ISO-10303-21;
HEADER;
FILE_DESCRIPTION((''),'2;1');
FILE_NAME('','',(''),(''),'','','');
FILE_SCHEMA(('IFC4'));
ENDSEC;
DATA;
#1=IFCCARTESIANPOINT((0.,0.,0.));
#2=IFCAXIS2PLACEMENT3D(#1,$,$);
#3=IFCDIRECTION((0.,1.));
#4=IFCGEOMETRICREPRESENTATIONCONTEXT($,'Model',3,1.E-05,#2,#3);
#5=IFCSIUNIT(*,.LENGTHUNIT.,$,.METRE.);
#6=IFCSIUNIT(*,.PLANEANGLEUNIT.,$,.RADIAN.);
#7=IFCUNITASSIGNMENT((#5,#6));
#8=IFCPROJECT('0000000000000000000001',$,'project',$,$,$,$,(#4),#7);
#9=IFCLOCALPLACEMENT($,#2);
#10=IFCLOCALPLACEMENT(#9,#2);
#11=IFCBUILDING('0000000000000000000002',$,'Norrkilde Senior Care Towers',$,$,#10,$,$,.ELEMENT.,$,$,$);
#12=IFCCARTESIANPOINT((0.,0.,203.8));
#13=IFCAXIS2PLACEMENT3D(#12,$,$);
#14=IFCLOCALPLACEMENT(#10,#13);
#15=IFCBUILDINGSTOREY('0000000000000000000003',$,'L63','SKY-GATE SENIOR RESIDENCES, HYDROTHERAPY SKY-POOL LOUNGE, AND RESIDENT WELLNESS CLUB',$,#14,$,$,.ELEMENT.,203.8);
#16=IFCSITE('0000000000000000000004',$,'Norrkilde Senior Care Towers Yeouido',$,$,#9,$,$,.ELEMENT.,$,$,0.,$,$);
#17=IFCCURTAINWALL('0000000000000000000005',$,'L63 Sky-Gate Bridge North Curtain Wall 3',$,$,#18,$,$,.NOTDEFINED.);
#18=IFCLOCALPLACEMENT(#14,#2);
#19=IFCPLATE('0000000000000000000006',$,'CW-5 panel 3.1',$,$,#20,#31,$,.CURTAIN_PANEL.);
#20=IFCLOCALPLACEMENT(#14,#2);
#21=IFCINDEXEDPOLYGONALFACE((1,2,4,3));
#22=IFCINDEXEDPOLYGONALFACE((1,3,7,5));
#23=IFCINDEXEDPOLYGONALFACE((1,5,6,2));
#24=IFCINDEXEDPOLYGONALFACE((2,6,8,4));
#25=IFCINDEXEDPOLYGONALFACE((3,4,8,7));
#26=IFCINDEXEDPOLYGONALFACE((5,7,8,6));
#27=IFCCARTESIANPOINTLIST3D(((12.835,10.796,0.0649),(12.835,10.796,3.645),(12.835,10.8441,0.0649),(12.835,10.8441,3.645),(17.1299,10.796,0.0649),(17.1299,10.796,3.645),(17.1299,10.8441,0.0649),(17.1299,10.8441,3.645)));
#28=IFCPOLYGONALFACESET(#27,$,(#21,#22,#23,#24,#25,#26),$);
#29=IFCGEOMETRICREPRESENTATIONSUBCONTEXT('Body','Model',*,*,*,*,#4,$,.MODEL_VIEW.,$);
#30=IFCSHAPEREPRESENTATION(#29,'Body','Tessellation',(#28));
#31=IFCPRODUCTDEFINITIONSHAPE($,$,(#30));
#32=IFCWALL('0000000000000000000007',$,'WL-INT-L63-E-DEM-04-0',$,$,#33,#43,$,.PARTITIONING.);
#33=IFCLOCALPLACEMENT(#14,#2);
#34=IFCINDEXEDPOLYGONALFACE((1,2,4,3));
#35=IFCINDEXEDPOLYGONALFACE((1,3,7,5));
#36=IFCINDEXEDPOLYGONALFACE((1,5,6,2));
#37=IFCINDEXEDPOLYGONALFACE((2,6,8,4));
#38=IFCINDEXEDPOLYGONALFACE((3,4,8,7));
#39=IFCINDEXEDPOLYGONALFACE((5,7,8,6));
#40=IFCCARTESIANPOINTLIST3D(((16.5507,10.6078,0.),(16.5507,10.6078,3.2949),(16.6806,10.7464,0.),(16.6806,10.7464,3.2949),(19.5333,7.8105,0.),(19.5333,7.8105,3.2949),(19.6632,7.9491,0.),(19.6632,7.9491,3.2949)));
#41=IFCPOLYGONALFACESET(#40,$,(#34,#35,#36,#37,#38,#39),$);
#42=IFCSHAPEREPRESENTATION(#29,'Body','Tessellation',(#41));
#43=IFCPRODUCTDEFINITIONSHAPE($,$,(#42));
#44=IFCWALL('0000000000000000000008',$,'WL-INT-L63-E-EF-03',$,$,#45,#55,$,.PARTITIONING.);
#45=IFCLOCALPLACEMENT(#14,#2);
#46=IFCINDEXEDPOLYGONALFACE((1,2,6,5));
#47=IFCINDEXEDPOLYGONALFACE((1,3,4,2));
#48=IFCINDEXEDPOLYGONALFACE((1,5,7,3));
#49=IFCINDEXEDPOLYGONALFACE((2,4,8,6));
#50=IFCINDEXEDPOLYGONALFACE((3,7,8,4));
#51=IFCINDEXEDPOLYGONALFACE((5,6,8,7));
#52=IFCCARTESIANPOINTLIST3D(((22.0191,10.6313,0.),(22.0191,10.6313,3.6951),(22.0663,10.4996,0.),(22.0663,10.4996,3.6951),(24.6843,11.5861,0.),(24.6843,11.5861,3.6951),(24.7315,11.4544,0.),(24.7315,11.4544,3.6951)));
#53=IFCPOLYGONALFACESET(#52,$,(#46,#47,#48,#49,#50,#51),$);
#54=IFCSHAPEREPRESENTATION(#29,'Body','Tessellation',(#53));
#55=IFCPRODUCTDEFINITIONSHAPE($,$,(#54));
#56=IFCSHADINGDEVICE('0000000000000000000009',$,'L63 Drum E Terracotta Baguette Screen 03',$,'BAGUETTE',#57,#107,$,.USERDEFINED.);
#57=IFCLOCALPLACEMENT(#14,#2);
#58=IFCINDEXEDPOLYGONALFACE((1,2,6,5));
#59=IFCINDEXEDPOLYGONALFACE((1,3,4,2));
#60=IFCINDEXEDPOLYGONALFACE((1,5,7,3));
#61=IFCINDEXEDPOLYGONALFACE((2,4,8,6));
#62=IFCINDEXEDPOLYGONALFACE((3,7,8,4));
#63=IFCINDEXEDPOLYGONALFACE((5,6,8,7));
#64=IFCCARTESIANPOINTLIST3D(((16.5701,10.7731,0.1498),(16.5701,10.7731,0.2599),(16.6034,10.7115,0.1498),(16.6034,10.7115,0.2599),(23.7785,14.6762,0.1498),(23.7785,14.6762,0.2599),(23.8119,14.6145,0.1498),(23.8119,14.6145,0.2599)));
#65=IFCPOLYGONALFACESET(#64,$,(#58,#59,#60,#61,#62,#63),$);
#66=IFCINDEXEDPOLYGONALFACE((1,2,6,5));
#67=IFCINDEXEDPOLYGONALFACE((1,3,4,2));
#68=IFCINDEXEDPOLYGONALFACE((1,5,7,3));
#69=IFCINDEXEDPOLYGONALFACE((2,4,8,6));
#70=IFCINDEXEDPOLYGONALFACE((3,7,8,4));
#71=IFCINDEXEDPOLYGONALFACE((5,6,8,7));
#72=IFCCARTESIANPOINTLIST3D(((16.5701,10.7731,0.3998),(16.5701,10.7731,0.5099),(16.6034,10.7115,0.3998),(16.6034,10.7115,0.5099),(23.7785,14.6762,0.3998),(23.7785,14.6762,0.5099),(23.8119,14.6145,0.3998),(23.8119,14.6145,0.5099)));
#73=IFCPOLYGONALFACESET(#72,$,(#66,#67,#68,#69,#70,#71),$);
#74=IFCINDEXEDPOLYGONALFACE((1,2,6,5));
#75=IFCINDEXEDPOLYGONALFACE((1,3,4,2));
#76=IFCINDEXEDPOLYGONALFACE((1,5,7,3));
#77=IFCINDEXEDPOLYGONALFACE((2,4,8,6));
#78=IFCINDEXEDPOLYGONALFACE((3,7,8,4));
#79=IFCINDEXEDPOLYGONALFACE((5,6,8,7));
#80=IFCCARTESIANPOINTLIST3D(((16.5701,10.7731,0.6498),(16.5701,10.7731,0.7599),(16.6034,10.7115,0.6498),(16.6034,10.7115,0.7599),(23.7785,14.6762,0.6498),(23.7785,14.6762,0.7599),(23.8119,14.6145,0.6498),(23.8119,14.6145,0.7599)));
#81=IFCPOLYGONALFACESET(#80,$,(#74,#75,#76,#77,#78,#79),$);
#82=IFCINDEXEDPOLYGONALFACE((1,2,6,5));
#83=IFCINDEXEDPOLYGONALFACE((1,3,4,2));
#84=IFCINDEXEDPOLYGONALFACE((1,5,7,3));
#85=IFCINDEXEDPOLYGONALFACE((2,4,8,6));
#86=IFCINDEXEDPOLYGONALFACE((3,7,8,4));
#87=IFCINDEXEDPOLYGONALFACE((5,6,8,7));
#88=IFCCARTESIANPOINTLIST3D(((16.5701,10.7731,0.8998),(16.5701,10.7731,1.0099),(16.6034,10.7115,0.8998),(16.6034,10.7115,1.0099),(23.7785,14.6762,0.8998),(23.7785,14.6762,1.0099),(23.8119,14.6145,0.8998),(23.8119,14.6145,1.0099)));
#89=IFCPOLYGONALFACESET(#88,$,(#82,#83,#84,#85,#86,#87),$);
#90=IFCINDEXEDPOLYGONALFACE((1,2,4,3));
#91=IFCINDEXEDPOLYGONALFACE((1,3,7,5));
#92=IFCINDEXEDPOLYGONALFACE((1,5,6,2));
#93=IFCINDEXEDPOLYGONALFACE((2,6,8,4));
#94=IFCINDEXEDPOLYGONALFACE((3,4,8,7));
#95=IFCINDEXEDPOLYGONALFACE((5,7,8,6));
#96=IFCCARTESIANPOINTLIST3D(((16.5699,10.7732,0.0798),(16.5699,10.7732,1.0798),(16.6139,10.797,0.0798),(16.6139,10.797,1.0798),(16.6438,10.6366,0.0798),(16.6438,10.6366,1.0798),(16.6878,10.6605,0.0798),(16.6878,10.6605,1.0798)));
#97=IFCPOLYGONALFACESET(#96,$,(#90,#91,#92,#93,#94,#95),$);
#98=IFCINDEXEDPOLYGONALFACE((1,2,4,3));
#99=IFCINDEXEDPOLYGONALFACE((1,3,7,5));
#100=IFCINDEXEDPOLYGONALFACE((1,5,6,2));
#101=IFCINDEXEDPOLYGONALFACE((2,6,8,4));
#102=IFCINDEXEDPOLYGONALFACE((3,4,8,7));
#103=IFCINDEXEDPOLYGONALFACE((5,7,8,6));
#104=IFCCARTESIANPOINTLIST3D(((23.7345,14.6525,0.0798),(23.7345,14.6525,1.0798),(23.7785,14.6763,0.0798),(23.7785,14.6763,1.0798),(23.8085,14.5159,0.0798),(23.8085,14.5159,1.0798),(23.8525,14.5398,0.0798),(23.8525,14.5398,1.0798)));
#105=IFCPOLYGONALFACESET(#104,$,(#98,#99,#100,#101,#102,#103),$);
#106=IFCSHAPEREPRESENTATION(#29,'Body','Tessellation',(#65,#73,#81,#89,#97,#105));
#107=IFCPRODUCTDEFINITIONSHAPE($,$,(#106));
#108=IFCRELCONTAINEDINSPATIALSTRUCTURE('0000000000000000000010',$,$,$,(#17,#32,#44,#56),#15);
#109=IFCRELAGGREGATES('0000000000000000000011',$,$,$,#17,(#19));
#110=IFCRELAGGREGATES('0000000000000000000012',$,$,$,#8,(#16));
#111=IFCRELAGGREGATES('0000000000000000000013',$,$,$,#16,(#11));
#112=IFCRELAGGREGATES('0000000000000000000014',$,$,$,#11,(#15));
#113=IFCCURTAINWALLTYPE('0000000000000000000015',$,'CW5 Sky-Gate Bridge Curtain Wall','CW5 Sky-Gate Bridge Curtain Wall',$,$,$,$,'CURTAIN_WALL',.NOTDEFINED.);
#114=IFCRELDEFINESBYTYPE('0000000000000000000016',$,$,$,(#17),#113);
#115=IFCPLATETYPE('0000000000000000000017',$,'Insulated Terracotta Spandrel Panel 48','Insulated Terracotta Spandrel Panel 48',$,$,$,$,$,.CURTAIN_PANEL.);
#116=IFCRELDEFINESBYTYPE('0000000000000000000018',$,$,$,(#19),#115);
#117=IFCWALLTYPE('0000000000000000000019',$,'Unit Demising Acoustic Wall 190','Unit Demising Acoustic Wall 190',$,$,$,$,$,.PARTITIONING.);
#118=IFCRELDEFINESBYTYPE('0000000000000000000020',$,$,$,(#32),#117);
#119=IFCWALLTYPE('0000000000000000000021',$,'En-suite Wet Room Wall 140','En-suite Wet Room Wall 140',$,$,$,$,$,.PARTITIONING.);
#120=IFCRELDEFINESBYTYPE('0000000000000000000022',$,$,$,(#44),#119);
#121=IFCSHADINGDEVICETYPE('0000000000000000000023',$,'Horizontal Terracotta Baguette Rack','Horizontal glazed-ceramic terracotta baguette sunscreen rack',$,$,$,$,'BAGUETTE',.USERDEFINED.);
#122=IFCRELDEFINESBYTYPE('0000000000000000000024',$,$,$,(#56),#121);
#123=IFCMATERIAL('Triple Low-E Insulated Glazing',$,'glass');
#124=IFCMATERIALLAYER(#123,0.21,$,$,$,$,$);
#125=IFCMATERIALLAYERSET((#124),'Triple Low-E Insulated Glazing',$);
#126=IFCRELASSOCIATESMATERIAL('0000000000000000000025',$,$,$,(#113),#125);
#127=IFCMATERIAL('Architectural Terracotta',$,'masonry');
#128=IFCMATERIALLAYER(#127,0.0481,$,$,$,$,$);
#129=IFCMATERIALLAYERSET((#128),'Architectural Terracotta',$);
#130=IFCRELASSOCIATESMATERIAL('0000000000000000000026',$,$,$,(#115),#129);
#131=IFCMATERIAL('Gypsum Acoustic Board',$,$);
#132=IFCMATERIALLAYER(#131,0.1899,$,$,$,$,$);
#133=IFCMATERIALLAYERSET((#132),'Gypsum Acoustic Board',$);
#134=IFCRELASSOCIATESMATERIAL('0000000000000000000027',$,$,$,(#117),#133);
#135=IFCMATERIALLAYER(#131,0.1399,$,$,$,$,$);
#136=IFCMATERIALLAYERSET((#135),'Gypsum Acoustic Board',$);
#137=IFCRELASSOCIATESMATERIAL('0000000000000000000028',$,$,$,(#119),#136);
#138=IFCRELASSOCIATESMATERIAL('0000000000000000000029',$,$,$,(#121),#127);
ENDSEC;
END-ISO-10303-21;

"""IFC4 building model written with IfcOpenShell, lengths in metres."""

from ifc_helpers import new_model, si_unit, direction, frame, frame_2d, origin, origin_2d, place, context, subcontext, project, spatial, rectangle, extrude, source, transform, mapped, material, layer, layer_set, type_object, type_shapes, element, aggregate, save


model = new_model("IFC4")

# Units and contexts
model_context = context("Model", 3, precision=1e-05, world=origin(), true_north=direction((0.0, 1.0)))
body_context = subcontext(model_context, "Body", "Model", "MODEL_VIEW")
ifc_project = project(units=[si_unit("LENGTHUNIT", "METRE"), si_unit("PLANEANGLEUNIT", "RADIAN")], contexts=[model_context])

# Site, building, storey
site_placement = place(None, origin())
site = spatial("IfcSite", under=ifc_project, at=site_placement, Name="Norrkilde Senior Care Towers Yeouido", CompositionType="ELEMENT", RefElevation=0.0)
building_placement = place(site_placement, origin())
building = spatial("IfcBuilding", under=site, at=building_placement, Name="Norrkilde Senior Care Towers", CompositionType="ELEMENT")
storey_placement = place(building_placement, frame((0.0, 0.0, 203.8)))
storey = spatial("IfcBuildingStorey", under=building, at=storey_placement, Name="L63", Description="SKY-GATE SENIOR RESIDENCES, HYDROTHERAPY SKY-POOL LOUNGE, AND RESIDENT WELLNESS CLUB", CompositionType="ELEMENT", Elevation=203.8)

# Curtain wall
ifc_material_1 = material(Name="Triple Low-E Insulated Glazing", Category="glass")
ifc_layer_1 = layer(ifc_material_1, 0.21)
ifc_layer_set_1 = layer_set([ifc_layer_1], Name="Triple Low-E Insulated Glazing")
curtain_wall_type_1 = type_object("IfcCurtainWallType", Name="CW5 Sky-Gate Bridge Curtain Wall", Description="CW5 Sky-Gate Bridge Curtain Wall", ElementType="CURTAIN_WALL", PredefinedType="NOTDEFINED", material=ifc_layer_set_1)
curtain_wall_1_placement = place(storey_placement, origin())
curtain_wall_1 = element("IfcCurtainWall", 1, at=curtain_wall_1_placement, inside=storey, type_object=curtain_wall_type_1, Name="L63 Sky-Gate Bridge North Curtain Wall 3", PredefinedType="NOTDEFINED")

# Plate
ifc_material_2 = material(Name="Architectural Terracotta", Category="masonry")
ifc_layer_2 = layer(ifc_material_2, 0.0481)
ifc_layer_set_2 = layer_set([ifc_layer_2], Name="Architectural Terracotta")
plate_type_1 = type_object("IfcPlateType", Name="Insulated Terracotta Spandrel Panel 48", Description="Insulated Terracotta Spandrel Panel 48", PredefinedType="CURTAIN_PANEL", material=ifc_layer_set_2)
shared_shape_1 = source(origin(), body_context, "Body", "SweptSolid", [
    extrude(rectangle(XDim=4.2949, YDim=0.0481, at=origin_2d()), origin(), (0.0, 0.0, 1.0), 3.5801),
])
type_shapes(plate_type_1, [shared_shape_1])
plate_1_placement = place(storey_placement, frame((14.9824, 10.8201, 0.0649), z_axis=(0.0, 0.0, 1.0), x_axis=(1.0, 0.0, 0.0)))
plate_1 = element("IfcPlate", 2, at=plate_1_placement, type_object=plate_type_1, Name="CW-5 panel 3.1", PredefinedType="CURTAIN_PANEL", context=body_context, shape_type="MappedRepresentation", body=[
    mapped(shared_shape_1, transform((0.0, 0.0, 0.0), x_axis=(1.0, 0.0, 0.0), y_axis=(0.0, 1.0, 0.0), z_axis=(0.0, 0.0, 1.0), scale=1.0)),
])
aggregate(curtain_wall_1, [plate_1])

# Walls
ifc_material_3 = material(Name="Gypsum Acoustic Board")
ifc_layer_3 = layer(ifc_material_3, 0.1899)
ifc_layer_set_3 = layer_set([ifc_layer_3], Name="Gypsum Acoustic Board")
wall_type_1 = type_object("IfcWallType", Name="Unit Demising Acoustic Wall 190", Description="Unit Demising Acoustic Wall 190", PredefinedType="PARTITIONING", material=ifc_layer_set_3)
shared_shape_2 = source(origin(), body_context, "Body", "SweptSolid", [
    extrude(rectangle(XDim=4.0891, YDim=0.1899, at=frame_2d((2.0444, 0.0))), origin(), (0.0, 0.0, 1.0), 3.2949),
])
type_shapes(wall_type_1, [shared_shape_2])
wall_1_placement = place(storey_placement, frame((19.5981, 7.8799, 0.0), z_axis=(0.0, 0.0, 1.0), x_axis=(-0.729401, 0.684086, 0.0)))
element("IfcWall", 3, at=wall_1_placement, inside=storey, type_object=wall_type_1, Name="WL-INT-L63-E-DEM-04-0", PredefinedType="PARTITIONING", context=body_context, shape_type="MappedRepresentation", body=[
    mapped(shared_shape_2, transform((0.0, 0.0, 0.0), x_axis=(1.0, 0.0, 0.0), y_axis=(0.0, 1.0, 0.0), z_axis=(0.0, 0.0, 1.0), scale=1.0)),
])
ifc_layer_4 = layer(ifc_material_3, 0.1399)
ifc_layer_set_4 = layer_set([ifc_layer_4], Name="Gypsum Acoustic Board")
wall_type_2 = type_object("IfcWallType", Name="En-suite Wet Room Wall 140", Description="En-suite Wet Room Wall 140", PredefinedType="PARTITIONING", material=ifc_layer_set_4)
shared_shape_3 = source(origin(), body_context, "Body", "SweptSolid", [
    extrude(rectangle(XDim=2.8311, YDim=0.1399, at=frame_2d((1.4155, 0.0))), origin(), (0.0, 0.0, 1.0), 3.6951),
])
type_shapes(wall_type_2, [shared_shape_3])
wall_2_placement = place(storey_placement, frame((22.0427, 10.5654, 0.0), z_axis=(0.0, 0.0, 1.0), x_axis=(0.941412, 0.337259, 0.0)))
element("IfcWall", 4, at=wall_2_placement, inside=storey, type_object=wall_type_2, Name="WL-INT-L63-E-EF-03", PredefinedType="PARTITIONING", context=body_context, shape_type="MappedRepresentation", body=[
    mapped(shared_shape_3, transform((0.0, 0.0, 0.0), x_axis=(1.0, 0.0, 0.0), y_axis=(0.0, 1.0, 0.0), z_axis=(0.0, 0.0, 1.0), scale=1.0)),
])

# Shading device
shading_device_type = type_object("IfcShadingDeviceType", Name="Horizontal Terracotta Baguette Rack", Description="Horizontal glazed-ceramic terracotta baguette sunscreen rack", ElementType="BAGUETTE", PredefinedType="USERDEFINED", material=ifc_material_2)
shared_shape_4 = source(origin(), body_context, "Body", "SweptSolid", [
    extrude(rectangle(XDim=0.0701, YDim=0.1101, at=origin_2d()), frame((0.0, 0.0901, 0.125), z_axis=(1.0, 0.0, 0.0), x_axis=(0.0, 1.0, 0.0)), (0.0, 0.0, 1.0), 8.1973),
    extrude(rectangle(XDim=0.0701, YDim=0.1101, at=origin_2d()), frame((0.0, 0.0901, 0.375), z_axis=(1.0, 0.0, 0.0), x_axis=(0.0, 1.0, 0.0)), (0.0, 0.0, 1.0), 8.1973),
    extrude(rectangle(XDim=0.0701, YDim=0.1101, at=origin_2d()), frame((0.0, 0.0901, 0.625), z_axis=(1.0, 0.0, 0.0), x_axis=(0.0, 1.0, 0.0)), (0.0, 0.0, 1.0), 8.1973),
    extrude(rectangle(XDim=0.0701, YDim=0.1101, at=origin_2d()), frame((0.0, 0.0901, 0.875), z_axis=(1.0, 0.0, 0.0), x_axis=(0.0, 1.0, 0.0)), (0.0, 0.0, 1.0), 8.1973),
    extrude(rectangle(XDim=0.05, YDim=0.1553, at=origin_2d()), frame((0.0249, 0.0476, 0.0)), (0.0, 0.0, 1.0), 1.0),
    extrude(rectangle(XDim=0.05, YDim=0.1553, at=origin_2d()), frame((8.1724, 0.0476, 0.0)), (0.0, 0.0, 1.0), 1.0),
])
type_shapes(shading_device_type, [shared_shape_4])
shading_device_placement = place(storey_placement, frame((16.6296, 10.6631, 0.0798), z_axis=(0.0, 0.0, 1.0), x_axis=(0.879378, 0.476144, 0.0)))
element("IfcShadingDevice", 5, at=shading_device_placement, inside=storey, type_object=shading_device_type, Name="L63 Drum E Terracotta Baguette Screen 03", ObjectType="BAGUETTE", PredefinedType="USERDEFINED", context=body_context, shape_type="MappedRepresentation", body=[
    mapped(shared_shape_4, transform((0.0, 0.0, 0.0), x_axis=(1.0, 0.0, 0.0), y_axis=(0.0, 1.0, 0.0), z_axis=(0.0, 0.0, 1.0), scale=1.0)),
])

save(model, "model.ifc")
